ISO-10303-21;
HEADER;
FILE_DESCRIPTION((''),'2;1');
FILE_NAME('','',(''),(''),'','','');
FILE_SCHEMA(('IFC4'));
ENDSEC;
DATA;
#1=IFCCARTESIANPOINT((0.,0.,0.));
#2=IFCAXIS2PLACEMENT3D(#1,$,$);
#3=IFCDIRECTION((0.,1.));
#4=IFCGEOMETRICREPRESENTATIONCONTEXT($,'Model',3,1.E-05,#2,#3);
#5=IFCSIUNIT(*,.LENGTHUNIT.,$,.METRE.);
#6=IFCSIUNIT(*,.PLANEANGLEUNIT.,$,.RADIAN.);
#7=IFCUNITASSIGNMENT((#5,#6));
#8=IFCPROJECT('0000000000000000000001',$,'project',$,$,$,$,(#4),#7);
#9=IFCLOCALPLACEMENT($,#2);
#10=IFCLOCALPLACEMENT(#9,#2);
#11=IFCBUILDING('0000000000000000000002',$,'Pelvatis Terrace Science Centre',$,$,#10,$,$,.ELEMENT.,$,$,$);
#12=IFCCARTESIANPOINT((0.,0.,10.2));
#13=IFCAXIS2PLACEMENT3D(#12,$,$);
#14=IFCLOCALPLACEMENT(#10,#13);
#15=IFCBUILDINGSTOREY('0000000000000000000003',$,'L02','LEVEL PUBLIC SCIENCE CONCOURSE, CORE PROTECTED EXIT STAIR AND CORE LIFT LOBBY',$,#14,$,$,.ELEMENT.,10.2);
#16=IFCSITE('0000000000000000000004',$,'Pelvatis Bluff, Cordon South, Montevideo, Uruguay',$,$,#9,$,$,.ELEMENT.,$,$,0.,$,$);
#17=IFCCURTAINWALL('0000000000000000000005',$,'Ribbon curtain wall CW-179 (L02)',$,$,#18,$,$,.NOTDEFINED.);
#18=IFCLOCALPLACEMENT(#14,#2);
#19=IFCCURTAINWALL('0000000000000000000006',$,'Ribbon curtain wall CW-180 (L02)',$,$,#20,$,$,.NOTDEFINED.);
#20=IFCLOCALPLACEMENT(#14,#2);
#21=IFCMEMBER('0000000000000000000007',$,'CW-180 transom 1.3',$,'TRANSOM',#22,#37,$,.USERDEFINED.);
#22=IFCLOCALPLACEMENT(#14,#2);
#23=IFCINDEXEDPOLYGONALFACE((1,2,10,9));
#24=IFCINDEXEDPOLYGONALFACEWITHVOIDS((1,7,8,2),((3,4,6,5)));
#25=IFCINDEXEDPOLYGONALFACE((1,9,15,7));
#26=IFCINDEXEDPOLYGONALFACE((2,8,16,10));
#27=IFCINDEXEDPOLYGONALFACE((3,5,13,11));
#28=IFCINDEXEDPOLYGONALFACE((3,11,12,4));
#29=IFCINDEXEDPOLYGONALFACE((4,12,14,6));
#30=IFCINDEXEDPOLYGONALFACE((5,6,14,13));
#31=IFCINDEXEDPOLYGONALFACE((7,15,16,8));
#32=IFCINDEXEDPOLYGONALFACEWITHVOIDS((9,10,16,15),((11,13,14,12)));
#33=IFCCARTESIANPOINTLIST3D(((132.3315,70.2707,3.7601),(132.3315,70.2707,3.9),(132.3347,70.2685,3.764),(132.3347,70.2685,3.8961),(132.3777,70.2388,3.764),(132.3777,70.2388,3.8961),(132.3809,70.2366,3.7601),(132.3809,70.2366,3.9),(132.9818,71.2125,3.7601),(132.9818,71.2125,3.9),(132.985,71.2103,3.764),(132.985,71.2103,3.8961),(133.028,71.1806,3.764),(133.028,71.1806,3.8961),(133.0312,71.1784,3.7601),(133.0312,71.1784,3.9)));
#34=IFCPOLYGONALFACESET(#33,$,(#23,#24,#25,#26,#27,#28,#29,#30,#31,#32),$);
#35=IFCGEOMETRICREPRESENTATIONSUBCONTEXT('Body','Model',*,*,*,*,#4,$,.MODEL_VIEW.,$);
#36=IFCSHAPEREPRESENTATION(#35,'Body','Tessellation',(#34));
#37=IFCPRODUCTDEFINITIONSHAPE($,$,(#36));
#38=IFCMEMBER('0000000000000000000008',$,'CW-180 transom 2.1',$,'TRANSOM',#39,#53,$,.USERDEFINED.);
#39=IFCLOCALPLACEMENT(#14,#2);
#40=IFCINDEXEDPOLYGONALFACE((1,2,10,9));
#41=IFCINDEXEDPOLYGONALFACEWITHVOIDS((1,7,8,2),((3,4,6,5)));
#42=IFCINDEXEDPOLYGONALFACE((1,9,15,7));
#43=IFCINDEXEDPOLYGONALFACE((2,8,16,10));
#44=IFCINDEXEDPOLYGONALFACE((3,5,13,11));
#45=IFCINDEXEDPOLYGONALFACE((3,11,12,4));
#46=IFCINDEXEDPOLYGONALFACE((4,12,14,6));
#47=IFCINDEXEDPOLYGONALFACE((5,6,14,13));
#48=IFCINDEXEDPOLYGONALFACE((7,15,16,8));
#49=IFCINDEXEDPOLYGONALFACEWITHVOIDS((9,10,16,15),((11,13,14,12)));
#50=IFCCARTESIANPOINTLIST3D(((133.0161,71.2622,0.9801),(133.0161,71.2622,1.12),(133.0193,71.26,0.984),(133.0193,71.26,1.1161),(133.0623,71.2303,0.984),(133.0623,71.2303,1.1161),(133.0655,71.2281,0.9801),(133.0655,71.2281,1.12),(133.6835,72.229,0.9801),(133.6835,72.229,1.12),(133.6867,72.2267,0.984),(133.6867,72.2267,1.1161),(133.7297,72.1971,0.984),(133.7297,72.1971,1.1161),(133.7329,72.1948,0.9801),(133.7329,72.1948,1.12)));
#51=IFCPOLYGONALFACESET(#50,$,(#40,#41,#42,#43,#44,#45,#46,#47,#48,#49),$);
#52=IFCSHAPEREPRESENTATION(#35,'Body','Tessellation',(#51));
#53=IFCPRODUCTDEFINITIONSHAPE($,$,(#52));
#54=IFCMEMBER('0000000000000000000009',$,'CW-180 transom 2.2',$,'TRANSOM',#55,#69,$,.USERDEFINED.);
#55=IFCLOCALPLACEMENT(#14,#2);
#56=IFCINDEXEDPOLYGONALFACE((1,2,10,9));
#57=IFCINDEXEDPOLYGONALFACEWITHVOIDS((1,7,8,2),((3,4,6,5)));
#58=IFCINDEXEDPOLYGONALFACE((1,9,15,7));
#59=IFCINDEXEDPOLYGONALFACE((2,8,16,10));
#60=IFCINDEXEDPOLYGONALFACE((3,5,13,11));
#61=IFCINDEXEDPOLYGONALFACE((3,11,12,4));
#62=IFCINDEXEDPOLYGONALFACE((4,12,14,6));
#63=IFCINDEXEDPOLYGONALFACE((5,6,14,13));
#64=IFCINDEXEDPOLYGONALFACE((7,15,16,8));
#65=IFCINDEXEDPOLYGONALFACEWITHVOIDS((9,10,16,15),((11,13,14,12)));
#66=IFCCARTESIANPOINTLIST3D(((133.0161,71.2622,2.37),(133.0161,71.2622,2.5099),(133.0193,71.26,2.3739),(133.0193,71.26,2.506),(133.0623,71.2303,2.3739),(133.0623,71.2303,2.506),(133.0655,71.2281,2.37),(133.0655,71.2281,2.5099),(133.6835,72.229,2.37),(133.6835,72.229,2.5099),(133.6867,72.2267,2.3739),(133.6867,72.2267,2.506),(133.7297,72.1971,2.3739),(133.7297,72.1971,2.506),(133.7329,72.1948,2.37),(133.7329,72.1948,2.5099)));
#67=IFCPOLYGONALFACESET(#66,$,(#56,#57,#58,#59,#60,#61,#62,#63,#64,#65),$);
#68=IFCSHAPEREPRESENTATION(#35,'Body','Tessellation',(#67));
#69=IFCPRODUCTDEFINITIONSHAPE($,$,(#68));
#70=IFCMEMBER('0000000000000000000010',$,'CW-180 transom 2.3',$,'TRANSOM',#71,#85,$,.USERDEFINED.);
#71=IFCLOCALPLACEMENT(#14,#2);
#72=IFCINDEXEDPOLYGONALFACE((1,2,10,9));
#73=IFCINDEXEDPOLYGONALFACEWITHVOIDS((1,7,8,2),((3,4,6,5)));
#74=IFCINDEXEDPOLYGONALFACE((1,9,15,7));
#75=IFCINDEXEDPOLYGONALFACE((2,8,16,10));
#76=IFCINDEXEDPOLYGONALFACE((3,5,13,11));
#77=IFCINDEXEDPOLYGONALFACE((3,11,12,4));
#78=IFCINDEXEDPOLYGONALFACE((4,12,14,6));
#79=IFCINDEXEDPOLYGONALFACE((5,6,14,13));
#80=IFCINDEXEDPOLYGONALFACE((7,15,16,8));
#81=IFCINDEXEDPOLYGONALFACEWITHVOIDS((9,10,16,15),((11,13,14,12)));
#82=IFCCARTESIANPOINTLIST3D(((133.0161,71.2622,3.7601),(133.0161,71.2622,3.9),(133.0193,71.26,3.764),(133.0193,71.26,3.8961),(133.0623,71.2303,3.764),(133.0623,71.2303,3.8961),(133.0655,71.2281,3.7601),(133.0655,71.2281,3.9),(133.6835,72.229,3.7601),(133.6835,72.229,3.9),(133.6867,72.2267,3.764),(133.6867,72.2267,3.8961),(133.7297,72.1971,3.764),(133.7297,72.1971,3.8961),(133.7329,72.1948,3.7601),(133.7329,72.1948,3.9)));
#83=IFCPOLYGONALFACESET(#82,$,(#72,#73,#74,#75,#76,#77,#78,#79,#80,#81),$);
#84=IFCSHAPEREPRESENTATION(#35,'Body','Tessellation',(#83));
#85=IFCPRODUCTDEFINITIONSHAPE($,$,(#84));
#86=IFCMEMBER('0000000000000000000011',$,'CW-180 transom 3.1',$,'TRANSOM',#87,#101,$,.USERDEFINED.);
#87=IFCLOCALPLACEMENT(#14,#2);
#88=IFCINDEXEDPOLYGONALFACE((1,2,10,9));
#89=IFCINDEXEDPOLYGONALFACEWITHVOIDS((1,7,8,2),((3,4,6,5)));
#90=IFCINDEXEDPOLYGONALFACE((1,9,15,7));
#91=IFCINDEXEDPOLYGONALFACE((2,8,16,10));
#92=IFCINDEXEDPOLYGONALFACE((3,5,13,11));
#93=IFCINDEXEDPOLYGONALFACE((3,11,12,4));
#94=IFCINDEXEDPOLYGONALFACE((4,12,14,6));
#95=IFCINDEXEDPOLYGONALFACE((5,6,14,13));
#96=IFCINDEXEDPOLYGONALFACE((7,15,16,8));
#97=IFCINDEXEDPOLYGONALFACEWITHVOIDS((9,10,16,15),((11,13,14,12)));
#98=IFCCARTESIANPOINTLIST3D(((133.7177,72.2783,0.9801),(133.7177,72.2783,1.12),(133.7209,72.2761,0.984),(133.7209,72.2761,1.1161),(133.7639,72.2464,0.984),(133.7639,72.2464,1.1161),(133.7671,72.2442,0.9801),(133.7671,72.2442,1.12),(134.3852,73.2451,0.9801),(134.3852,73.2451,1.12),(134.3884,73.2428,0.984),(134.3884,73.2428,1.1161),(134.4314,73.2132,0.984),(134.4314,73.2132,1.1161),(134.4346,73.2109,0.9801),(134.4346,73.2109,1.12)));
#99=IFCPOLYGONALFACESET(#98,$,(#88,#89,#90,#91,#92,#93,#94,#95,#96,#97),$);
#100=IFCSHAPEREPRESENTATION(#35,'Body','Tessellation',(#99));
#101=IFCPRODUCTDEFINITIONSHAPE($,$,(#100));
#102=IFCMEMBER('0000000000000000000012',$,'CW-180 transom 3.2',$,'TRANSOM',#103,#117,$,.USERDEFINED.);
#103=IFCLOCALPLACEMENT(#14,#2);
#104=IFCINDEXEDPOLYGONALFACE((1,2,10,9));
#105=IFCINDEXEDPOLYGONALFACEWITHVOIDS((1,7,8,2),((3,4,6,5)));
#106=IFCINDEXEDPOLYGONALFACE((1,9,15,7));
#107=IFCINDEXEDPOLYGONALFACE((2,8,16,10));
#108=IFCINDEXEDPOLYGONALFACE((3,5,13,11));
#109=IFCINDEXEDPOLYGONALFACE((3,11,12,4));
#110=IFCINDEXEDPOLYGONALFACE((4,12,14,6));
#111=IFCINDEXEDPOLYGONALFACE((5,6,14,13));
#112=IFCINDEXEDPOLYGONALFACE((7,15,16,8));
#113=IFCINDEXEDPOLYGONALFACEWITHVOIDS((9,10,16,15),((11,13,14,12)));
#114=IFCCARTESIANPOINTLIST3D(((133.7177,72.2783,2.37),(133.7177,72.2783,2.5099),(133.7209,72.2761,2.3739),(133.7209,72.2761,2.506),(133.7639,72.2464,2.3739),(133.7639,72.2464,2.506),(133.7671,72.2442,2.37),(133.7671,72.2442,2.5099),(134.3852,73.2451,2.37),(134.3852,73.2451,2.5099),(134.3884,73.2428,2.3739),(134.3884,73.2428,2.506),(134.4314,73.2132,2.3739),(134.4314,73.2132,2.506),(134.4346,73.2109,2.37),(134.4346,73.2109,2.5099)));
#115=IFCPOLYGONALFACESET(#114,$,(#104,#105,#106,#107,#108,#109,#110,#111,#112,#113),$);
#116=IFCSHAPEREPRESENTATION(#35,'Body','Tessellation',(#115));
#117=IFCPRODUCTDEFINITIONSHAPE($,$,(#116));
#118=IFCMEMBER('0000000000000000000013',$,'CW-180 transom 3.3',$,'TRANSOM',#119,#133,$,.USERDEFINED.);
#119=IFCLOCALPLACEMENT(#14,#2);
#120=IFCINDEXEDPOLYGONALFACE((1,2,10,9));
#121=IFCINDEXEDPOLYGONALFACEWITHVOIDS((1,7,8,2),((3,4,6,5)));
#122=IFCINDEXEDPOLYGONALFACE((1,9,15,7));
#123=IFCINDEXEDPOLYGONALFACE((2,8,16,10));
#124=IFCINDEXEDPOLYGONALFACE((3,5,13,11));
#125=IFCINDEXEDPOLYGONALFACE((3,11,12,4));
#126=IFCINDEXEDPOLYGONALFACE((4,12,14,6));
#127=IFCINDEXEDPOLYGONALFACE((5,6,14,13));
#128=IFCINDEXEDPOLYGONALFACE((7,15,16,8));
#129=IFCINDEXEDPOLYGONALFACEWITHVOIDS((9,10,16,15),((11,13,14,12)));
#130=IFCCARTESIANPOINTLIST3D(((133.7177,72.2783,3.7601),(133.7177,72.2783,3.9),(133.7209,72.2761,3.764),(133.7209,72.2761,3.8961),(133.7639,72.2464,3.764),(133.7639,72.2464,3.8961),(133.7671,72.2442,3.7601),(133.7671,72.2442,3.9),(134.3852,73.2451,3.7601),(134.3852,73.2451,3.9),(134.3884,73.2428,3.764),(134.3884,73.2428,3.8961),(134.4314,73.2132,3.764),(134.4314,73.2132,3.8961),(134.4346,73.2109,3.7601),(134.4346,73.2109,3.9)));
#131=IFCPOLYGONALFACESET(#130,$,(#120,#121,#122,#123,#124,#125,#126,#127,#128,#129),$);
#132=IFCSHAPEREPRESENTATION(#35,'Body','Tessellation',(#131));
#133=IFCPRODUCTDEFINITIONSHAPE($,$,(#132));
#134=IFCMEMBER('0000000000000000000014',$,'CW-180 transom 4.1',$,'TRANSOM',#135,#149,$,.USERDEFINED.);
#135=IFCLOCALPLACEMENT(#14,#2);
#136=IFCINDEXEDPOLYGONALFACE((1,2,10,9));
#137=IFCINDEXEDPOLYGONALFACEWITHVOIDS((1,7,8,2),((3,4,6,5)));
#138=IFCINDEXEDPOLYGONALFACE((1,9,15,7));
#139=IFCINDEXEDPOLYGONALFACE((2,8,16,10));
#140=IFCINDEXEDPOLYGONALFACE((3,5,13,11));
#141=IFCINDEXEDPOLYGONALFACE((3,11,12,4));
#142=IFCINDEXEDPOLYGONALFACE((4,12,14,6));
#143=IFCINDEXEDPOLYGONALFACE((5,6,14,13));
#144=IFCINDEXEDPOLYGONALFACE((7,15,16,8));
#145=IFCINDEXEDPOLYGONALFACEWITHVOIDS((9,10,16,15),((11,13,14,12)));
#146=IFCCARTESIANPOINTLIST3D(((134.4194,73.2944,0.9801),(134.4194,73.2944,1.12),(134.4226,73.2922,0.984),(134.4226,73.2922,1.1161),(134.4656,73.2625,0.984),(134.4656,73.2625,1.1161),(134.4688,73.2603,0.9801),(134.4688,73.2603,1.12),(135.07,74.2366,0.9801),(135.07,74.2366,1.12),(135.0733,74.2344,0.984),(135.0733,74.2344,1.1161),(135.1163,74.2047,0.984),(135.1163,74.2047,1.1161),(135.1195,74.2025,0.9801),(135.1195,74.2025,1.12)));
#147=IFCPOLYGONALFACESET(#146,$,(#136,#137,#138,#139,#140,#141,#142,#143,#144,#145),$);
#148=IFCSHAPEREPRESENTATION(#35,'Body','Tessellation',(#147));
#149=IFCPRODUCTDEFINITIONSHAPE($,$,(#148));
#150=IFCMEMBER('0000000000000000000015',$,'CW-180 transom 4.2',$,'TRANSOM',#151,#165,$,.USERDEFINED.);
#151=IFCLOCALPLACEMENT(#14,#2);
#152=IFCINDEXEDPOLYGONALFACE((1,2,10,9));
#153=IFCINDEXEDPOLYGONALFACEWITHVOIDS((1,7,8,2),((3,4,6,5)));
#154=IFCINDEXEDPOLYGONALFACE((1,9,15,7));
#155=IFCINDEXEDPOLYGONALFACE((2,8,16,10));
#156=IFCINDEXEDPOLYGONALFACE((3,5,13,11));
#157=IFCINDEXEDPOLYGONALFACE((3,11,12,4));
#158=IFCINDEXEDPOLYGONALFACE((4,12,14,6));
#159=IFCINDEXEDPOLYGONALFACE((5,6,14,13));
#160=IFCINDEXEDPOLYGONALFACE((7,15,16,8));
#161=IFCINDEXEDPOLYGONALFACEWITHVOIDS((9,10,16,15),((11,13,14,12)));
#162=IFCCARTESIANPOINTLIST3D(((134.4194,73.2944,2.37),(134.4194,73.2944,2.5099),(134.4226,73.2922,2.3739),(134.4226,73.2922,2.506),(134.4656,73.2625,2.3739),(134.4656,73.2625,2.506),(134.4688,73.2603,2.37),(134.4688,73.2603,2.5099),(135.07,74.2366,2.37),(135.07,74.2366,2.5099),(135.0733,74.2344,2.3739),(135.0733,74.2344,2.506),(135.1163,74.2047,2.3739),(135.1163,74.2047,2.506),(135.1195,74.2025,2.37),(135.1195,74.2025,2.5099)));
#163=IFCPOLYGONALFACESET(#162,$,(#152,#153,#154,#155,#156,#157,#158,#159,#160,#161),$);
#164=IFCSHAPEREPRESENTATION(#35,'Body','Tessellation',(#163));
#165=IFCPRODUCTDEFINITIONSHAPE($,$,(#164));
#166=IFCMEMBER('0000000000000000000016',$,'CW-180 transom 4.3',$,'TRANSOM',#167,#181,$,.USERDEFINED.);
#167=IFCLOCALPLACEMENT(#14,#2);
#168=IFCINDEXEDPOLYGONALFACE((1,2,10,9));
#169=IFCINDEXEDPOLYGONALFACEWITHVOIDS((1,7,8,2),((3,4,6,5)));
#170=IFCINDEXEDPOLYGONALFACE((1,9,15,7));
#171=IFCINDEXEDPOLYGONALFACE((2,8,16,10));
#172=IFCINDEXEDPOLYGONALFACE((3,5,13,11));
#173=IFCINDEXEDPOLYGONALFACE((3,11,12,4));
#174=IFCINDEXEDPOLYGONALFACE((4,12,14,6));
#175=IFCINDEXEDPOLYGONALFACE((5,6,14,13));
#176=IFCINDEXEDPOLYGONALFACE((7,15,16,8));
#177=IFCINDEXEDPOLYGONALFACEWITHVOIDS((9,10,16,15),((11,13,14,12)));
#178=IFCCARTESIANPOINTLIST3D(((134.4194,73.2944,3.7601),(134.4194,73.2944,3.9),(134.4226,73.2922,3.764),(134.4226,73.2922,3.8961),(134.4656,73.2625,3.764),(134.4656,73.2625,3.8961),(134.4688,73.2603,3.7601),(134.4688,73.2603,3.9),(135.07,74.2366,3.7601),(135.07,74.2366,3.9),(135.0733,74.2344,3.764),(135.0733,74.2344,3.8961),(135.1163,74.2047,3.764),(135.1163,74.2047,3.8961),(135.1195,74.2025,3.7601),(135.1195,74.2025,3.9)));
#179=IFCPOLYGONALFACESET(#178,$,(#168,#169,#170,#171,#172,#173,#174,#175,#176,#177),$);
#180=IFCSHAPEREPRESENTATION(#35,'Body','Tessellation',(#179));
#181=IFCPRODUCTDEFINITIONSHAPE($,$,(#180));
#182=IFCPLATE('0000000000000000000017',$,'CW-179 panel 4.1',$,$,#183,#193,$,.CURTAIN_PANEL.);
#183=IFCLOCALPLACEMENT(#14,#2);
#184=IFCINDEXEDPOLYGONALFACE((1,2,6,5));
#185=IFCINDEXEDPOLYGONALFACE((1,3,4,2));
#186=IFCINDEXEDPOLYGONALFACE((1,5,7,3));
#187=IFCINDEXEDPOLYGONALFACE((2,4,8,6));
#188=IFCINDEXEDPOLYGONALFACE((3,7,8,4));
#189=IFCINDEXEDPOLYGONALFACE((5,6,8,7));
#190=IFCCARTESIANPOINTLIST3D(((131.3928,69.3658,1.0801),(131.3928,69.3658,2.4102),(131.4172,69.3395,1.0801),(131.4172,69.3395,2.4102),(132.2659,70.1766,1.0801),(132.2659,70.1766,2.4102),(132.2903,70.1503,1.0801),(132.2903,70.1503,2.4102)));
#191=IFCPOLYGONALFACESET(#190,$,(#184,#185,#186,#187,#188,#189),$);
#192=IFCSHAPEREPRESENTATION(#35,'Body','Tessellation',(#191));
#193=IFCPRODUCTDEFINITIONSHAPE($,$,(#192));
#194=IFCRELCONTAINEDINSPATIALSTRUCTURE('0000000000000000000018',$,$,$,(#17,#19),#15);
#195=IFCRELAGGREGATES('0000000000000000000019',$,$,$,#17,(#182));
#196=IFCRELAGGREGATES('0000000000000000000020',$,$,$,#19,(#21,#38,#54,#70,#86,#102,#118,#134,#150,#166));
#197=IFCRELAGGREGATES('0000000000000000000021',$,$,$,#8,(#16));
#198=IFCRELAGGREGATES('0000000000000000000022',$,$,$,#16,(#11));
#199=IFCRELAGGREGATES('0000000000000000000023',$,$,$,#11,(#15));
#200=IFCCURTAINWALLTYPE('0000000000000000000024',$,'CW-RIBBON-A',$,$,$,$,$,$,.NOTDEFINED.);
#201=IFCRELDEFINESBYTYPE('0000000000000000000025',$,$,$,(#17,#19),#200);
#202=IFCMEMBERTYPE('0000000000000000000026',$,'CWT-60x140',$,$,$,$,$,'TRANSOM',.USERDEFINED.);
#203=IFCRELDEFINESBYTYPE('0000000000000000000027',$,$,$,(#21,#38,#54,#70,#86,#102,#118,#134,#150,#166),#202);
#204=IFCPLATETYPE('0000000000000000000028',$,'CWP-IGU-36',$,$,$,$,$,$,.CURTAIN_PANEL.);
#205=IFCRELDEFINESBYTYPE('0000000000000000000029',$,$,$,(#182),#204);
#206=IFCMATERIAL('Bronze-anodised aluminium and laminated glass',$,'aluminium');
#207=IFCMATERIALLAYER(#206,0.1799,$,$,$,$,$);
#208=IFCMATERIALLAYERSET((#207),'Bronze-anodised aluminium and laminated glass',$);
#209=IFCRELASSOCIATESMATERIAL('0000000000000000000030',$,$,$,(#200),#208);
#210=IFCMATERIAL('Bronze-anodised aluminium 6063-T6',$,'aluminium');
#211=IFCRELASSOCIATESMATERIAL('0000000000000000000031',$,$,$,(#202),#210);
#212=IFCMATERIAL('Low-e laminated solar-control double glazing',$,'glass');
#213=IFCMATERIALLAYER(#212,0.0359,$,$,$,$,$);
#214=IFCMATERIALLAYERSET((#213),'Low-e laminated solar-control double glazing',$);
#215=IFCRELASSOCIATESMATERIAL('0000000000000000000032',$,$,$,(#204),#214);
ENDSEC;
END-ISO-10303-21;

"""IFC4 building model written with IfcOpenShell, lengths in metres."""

from ifc_helpers import new_model, si_unit, direction, frame, origin, origin_2d, place, context, subcontext, project, spatial, rectangle, hollow_rectangle, extrude, material, layer, layer_set, material_profile, profile_set, type_object, element, aggregate, save


model = new_model("IFC4")

# Units and contexts
model_context = context("Model", 3, precision=1e-05, world=origin(), true_north=direction((0.0, 1.0)))
body_context = subcontext(model_context, "Body", "Model", "MODEL_VIEW")
ifc_project = project(units=[si_unit("LENGTHUNIT", "METRE"), si_unit("PLANEANGLEUNIT", "RADIAN")], contexts=[model_context])

# Site, building, storey
site_placement = place(None, origin())
site = spatial("IfcSite", under=ifc_project, at=site_placement, Name="Pelvatis Bluff, Cordon South, Montevideo, Uruguay", CompositionType="ELEMENT", RefElevation=0.0)
building_placement = place(site_placement, origin())
building = spatial("IfcBuilding", under=site, at=building_placement, Name="Pelvatis Terrace Science Centre", CompositionType="ELEMENT")
storey_placement = place(building_placement, frame((0.0, 0.0, 10.2)))
storey = spatial("IfcBuildingStorey", under=building, at=storey_placement, Name="L02", Description="LEVEL PUBLIC SCIENCE CONCOURSE, CORE PROTECTED EXIT STAIR AND CORE LIFT LOBBY", CompositionType="ELEMENT", Elevation=10.2)

# Curtain wall
ifc_material_1 = material(Name="Bronze-anodised aluminium and laminated glass", Category="aluminium")
ifc_layer_1 = layer(ifc_material_1, 0.1799)
ifc_layer_set_1 = layer_set([ifc_layer_1], Name="Bronze-anodised aluminium and laminated glass")
curtain_wall_type = type_object("IfcCurtainWallType", Name="CW-RIBBON-A", PredefinedType="NOTDEFINED", material=ifc_layer_set_1)
curtain_wall_1_placement = place(storey_placement, origin())
curtain_wall_1 = element("IfcCurtainWall", 1, at=curtain_wall_1_placement, inside=storey, type_object=curtain_wall_type, Name="Ribbon curtain wall CW-179 (L02)", PredefinedType="NOTDEFINED")

# Curtain wall
curtain_wall_2_placement = place(storey_placement, origin())
curtain_wall_2 = element("IfcCurtainWall", 2, at=curtain_wall_2_placement, inside=storey, type_object=curtain_wall_type, Name="Ribbon curtain wall CW-180 (L02)", PredefinedType="NOTDEFINED")

# Members
ifc_material_2 = material(Name="Bronze-anodised aluminium 6063-T6", Category="aluminium")
ifc_material_profile_1 = material_profile(ifc_material_2, hollow_rectangle(XDim=0.0601, YDim=0.1399, WallThickness=0.0039, at=origin_2d()), Name="ALU-TRN 60x140")
ifc_profile_set_1 = profile_set([ifc_material_profile_1], Name="Bronze-anodised aluminium 6063-T6")
member_type_1 = type_object("IfcMemberType", Name="CWT-60x140", ElementType="TRANSOM", PredefinedType="USERDEFINED", material=ifc_profile_set_1)
member_1_placement = place(storey_placement, frame((132.3562, 70.2537, 3.8301), z_axis=(0.568211, 0.822883, 0.0), x_axis=(-0.822883, 0.568211, 0.0)))
member_1 = element("IfcMember", 3, at=member_1_placement, type_object=member_type_1, Name="CW-180 transom 1.3", ObjectType="TRANSOM", PredefinedType="USERDEFINED", context=body_context, shape_type="SweptSolid", body=[
    extrude(hollow_rectangle(XDim=0.0601, YDim=0.1399, WallThickness=0.0039, at=origin_2d()), origin(), (0.0, 0.0, 1.0), 1.1445),
])
member_2_placement = place(storey_placement, frame((133.0408, 71.2451, 1.05), z_axis=(0.568151, 0.822925, 0.0), x_axis=(-0.822925, 0.568151, 0.0)))
member_2 = element("IfcMember", 4, at=member_2_placement, type_object=member_type_1, Name="CW-180 transom 2.1", ObjectType="TRANSOM", PredefinedType="USERDEFINED", context=body_context, shape_type="SweptSolid", body=[
    extrude(hollow_rectangle(XDim=0.0601, YDim=0.1399, WallThickness=0.0039, at=origin_2d()), origin(), (0.0, 0.0, 1.0), 1.1748),
])
member_3_placement = place(storey_placement, frame((133.0408, 71.2451, 2.4399), z_axis=(0.568151, 0.822925, 0.0), x_axis=(-0.822925, 0.568151, 0.0)))
member_3 = element("IfcMember", 5, at=member_3_placement, type_object=member_type_1, Name="CW-180 transom 2.2", ObjectType="TRANSOM", PredefinedType="USERDEFINED", context=body_context, shape_type="SweptSolid", body=[
    extrude(hollow_rectangle(XDim=0.0601, YDim=0.1399, WallThickness=0.0039, at=origin_2d()), origin(), (0.0, 0.0, 1.0), 1.1748),
])
member_4_placement = place(storey_placement, frame((133.0408, 71.2451, 3.8301), z_axis=(0.568151, 0.822925, 0.0), x_axis=(-0.822925, 0.568151, 0.0)))
member_4 = element("IfcMember", 6, at=member_4_placement, type_object=member_type_1, Name="CW-180 transom 2.3", ObjectType="TRANSOM", PredefinedType="USERDEFINED", context=body_context, shape_type="SweptSolid", body=[
    extrude(hollow_rectangle(XDim=0.0601, YDim=0.1399, WallThickness=0.0039, at=origin_2d()), origin(), (0.0, 0.0, 1.0), 1.1748),
])
member_5_placement = place(storey_placement, frame((133.7424, 72.2612, 1.05), z_axis=(0.568151, 0.822925, 0.0), x_axis=(-0.822925, 0.568151, 0.0)))
member_5 = element("IfcMember", 7, at=member_5_placement, type_object=member_type_1, Name="CW-180 transom 3.1", ObjectType="TRANSOM", PredefinedType="USERDEFINED", context=body_context, shape_type="SweptSolid", body=[
    extrude(hollow_rectangle(XDim=0.0601, YDim=0.1399, WallThickness=0.0039, at=origin_2d()), origin(), (0.0, 0.0, 1.0), 1.1748),
])
member_6_placement = place(storey_placement, frame((133.7424, 72.2612, 2.4399), z_axis=(0.568151, 0.822925, 0.0), x_axis=(-0.822925, 0.568151, 0.0)))
member_6 = element("IfcMember", 8, at=member_6_placement, type_object=member_type_1, Name="CW-180 transom 3.2", ObjectType="TRANSOM", PredefinedType="USERDEFINED", context=body_context, shape_type="SweptSolid", body=[
    extrude(hollow_rectangle(XDim=0.0601, YDim=0.1399, WallThickness=0.0039, at=origin_2d()), origin(), (0.0, 0.0, 1.0), 1.1748),
])
member_7_placement = place(storey_placement, frame((133.7424, 72.2612, 3.8301), z_axis=(0.568151, 0.822925, 0.0), x_axis=(-0.822925, 0.568151, 0.0)))
member_7 = element("IfcMember", 9, at=member_7_placement, type_object=member_type_1, Name="CW-180 transom 3.3", ObjectType="TRANSOM", PredefinedType="USERDEFINED", context=body_context, shape_type="SweptSolid", body=[
    extrude(hollow_rectangle(XDim=0.0601, YDim=0.1399, WallThickness=0.0039, at=origin_2d()), origin(), (0.0, 0.0, 1.0), 1.1748),
])
member_8_placement = place(storey_placement, frame((134.4441, 73.2773, 1.05), z_axis=(0.568256, 0.822852, 0.0), x_axis=(-0.822852, 0.568256, 0.0)))
member_8 = element("IfcMember", 10, at=member_8_placement, type_object=member_type_1, Name="CW-180 transom 4.1", ObjectType="TRANSOM", PredefinedType="USERDEFINED", context=body_context, shape_type="SweptSolid", body=[
    extrude(hollow_rectangle(XDim=0.0601, YDim=0.1399, WallThickness=0.0039, at=origin_2d()), origin(), (0.0, 0.0, 1.0), 1.145),
])
member_9_placement = place(storey_placement, frame((134.4441, 73.2773, 2.4399), z_axis=(0.568256, 0.822852, 0.0), x_axis=(-0.822852, 0.568256, 0.0)))
member_9 = element("IfcMember", 11, at=member_9_placement, type_object=member_type_1, Name="CW-180 transom 4.2", ObjectType="TRANSOM", PredefinedType="USERDEFINED", context=body_context, shape_type="SweptSolid", body=[
    extrude(hollow_rectangle(XDim=0.0601, YDim=0.1399, WallThickness=0.0039, at=origin_2d()), origin(), (0.0, 0.0, 1.0), 1.145),
])
member_10_placement = place(storey_placement, frame((134.4441, 73.2773, 3.8301), z_axis=(0.568256, 0.822852, 0.0), x_axis=(-0.822852, 0.568256, 0.0)))
member_10 = element("IfcMember", 12, at=member_10_placement, type_object=member_type_1, Name="CW-180 transom 4.3", ObjectType="TRANSOM", PredefinedType="USERDEFINED", context=body_context, shape_type="SweptSolid", body=[
    extrude(hollow_rectangle(XDim=0.0601, YDim=0.1399, WallThickness=0.0039, at=origin_2d()), origin(), (0.0, 0.0, 1.0), 1.145),
])

# Plate
ifc_material_3 = material(Name="Low-e laminated solar-control double glazing", Category="glass")
ifc_layer_2 = layer(ifc_material_3, 0.0359)
ifc_layer_set_2 = layer_set([ifc_layer_2], Name="Low-e laminated solar-control double glazing")
plate_type = type_object("IfcPlateType", Name="CWP-IGU-36", PredefinedType="CURTAIN_PANEL", material=ifc_layer_set_2)
plate_1_placement = place(storey_placement, frame((131.8416, 69.7581, 1.0801), z_axis=(0.0, 0.0, 1.0), x_axis=(0.732776, 0.68047, 0.0)))
plate_1 = element("IfcPlate", 13, at=plate_1_placement, type_object=plate_type, Name="CW-179 panel 4.1", PredefinedType="CURTAIN_PANEL", context=body_context, shape_type="SweptSolid", body=[
    extrude(rectangle(XDim=1.1914, YDim=0.0359, at=origin_2d()), origin(), (0.0, 0.0, 1.0), 1.3301),
])
aggregate(curtain_wall_1, [plate_1])
aggregate(curtain_wall_2, [member_1, member_2, member_3, member_4, member_5, member_6, member_7, member_8, member_9, member_10])

save(model, "model.ifc")
